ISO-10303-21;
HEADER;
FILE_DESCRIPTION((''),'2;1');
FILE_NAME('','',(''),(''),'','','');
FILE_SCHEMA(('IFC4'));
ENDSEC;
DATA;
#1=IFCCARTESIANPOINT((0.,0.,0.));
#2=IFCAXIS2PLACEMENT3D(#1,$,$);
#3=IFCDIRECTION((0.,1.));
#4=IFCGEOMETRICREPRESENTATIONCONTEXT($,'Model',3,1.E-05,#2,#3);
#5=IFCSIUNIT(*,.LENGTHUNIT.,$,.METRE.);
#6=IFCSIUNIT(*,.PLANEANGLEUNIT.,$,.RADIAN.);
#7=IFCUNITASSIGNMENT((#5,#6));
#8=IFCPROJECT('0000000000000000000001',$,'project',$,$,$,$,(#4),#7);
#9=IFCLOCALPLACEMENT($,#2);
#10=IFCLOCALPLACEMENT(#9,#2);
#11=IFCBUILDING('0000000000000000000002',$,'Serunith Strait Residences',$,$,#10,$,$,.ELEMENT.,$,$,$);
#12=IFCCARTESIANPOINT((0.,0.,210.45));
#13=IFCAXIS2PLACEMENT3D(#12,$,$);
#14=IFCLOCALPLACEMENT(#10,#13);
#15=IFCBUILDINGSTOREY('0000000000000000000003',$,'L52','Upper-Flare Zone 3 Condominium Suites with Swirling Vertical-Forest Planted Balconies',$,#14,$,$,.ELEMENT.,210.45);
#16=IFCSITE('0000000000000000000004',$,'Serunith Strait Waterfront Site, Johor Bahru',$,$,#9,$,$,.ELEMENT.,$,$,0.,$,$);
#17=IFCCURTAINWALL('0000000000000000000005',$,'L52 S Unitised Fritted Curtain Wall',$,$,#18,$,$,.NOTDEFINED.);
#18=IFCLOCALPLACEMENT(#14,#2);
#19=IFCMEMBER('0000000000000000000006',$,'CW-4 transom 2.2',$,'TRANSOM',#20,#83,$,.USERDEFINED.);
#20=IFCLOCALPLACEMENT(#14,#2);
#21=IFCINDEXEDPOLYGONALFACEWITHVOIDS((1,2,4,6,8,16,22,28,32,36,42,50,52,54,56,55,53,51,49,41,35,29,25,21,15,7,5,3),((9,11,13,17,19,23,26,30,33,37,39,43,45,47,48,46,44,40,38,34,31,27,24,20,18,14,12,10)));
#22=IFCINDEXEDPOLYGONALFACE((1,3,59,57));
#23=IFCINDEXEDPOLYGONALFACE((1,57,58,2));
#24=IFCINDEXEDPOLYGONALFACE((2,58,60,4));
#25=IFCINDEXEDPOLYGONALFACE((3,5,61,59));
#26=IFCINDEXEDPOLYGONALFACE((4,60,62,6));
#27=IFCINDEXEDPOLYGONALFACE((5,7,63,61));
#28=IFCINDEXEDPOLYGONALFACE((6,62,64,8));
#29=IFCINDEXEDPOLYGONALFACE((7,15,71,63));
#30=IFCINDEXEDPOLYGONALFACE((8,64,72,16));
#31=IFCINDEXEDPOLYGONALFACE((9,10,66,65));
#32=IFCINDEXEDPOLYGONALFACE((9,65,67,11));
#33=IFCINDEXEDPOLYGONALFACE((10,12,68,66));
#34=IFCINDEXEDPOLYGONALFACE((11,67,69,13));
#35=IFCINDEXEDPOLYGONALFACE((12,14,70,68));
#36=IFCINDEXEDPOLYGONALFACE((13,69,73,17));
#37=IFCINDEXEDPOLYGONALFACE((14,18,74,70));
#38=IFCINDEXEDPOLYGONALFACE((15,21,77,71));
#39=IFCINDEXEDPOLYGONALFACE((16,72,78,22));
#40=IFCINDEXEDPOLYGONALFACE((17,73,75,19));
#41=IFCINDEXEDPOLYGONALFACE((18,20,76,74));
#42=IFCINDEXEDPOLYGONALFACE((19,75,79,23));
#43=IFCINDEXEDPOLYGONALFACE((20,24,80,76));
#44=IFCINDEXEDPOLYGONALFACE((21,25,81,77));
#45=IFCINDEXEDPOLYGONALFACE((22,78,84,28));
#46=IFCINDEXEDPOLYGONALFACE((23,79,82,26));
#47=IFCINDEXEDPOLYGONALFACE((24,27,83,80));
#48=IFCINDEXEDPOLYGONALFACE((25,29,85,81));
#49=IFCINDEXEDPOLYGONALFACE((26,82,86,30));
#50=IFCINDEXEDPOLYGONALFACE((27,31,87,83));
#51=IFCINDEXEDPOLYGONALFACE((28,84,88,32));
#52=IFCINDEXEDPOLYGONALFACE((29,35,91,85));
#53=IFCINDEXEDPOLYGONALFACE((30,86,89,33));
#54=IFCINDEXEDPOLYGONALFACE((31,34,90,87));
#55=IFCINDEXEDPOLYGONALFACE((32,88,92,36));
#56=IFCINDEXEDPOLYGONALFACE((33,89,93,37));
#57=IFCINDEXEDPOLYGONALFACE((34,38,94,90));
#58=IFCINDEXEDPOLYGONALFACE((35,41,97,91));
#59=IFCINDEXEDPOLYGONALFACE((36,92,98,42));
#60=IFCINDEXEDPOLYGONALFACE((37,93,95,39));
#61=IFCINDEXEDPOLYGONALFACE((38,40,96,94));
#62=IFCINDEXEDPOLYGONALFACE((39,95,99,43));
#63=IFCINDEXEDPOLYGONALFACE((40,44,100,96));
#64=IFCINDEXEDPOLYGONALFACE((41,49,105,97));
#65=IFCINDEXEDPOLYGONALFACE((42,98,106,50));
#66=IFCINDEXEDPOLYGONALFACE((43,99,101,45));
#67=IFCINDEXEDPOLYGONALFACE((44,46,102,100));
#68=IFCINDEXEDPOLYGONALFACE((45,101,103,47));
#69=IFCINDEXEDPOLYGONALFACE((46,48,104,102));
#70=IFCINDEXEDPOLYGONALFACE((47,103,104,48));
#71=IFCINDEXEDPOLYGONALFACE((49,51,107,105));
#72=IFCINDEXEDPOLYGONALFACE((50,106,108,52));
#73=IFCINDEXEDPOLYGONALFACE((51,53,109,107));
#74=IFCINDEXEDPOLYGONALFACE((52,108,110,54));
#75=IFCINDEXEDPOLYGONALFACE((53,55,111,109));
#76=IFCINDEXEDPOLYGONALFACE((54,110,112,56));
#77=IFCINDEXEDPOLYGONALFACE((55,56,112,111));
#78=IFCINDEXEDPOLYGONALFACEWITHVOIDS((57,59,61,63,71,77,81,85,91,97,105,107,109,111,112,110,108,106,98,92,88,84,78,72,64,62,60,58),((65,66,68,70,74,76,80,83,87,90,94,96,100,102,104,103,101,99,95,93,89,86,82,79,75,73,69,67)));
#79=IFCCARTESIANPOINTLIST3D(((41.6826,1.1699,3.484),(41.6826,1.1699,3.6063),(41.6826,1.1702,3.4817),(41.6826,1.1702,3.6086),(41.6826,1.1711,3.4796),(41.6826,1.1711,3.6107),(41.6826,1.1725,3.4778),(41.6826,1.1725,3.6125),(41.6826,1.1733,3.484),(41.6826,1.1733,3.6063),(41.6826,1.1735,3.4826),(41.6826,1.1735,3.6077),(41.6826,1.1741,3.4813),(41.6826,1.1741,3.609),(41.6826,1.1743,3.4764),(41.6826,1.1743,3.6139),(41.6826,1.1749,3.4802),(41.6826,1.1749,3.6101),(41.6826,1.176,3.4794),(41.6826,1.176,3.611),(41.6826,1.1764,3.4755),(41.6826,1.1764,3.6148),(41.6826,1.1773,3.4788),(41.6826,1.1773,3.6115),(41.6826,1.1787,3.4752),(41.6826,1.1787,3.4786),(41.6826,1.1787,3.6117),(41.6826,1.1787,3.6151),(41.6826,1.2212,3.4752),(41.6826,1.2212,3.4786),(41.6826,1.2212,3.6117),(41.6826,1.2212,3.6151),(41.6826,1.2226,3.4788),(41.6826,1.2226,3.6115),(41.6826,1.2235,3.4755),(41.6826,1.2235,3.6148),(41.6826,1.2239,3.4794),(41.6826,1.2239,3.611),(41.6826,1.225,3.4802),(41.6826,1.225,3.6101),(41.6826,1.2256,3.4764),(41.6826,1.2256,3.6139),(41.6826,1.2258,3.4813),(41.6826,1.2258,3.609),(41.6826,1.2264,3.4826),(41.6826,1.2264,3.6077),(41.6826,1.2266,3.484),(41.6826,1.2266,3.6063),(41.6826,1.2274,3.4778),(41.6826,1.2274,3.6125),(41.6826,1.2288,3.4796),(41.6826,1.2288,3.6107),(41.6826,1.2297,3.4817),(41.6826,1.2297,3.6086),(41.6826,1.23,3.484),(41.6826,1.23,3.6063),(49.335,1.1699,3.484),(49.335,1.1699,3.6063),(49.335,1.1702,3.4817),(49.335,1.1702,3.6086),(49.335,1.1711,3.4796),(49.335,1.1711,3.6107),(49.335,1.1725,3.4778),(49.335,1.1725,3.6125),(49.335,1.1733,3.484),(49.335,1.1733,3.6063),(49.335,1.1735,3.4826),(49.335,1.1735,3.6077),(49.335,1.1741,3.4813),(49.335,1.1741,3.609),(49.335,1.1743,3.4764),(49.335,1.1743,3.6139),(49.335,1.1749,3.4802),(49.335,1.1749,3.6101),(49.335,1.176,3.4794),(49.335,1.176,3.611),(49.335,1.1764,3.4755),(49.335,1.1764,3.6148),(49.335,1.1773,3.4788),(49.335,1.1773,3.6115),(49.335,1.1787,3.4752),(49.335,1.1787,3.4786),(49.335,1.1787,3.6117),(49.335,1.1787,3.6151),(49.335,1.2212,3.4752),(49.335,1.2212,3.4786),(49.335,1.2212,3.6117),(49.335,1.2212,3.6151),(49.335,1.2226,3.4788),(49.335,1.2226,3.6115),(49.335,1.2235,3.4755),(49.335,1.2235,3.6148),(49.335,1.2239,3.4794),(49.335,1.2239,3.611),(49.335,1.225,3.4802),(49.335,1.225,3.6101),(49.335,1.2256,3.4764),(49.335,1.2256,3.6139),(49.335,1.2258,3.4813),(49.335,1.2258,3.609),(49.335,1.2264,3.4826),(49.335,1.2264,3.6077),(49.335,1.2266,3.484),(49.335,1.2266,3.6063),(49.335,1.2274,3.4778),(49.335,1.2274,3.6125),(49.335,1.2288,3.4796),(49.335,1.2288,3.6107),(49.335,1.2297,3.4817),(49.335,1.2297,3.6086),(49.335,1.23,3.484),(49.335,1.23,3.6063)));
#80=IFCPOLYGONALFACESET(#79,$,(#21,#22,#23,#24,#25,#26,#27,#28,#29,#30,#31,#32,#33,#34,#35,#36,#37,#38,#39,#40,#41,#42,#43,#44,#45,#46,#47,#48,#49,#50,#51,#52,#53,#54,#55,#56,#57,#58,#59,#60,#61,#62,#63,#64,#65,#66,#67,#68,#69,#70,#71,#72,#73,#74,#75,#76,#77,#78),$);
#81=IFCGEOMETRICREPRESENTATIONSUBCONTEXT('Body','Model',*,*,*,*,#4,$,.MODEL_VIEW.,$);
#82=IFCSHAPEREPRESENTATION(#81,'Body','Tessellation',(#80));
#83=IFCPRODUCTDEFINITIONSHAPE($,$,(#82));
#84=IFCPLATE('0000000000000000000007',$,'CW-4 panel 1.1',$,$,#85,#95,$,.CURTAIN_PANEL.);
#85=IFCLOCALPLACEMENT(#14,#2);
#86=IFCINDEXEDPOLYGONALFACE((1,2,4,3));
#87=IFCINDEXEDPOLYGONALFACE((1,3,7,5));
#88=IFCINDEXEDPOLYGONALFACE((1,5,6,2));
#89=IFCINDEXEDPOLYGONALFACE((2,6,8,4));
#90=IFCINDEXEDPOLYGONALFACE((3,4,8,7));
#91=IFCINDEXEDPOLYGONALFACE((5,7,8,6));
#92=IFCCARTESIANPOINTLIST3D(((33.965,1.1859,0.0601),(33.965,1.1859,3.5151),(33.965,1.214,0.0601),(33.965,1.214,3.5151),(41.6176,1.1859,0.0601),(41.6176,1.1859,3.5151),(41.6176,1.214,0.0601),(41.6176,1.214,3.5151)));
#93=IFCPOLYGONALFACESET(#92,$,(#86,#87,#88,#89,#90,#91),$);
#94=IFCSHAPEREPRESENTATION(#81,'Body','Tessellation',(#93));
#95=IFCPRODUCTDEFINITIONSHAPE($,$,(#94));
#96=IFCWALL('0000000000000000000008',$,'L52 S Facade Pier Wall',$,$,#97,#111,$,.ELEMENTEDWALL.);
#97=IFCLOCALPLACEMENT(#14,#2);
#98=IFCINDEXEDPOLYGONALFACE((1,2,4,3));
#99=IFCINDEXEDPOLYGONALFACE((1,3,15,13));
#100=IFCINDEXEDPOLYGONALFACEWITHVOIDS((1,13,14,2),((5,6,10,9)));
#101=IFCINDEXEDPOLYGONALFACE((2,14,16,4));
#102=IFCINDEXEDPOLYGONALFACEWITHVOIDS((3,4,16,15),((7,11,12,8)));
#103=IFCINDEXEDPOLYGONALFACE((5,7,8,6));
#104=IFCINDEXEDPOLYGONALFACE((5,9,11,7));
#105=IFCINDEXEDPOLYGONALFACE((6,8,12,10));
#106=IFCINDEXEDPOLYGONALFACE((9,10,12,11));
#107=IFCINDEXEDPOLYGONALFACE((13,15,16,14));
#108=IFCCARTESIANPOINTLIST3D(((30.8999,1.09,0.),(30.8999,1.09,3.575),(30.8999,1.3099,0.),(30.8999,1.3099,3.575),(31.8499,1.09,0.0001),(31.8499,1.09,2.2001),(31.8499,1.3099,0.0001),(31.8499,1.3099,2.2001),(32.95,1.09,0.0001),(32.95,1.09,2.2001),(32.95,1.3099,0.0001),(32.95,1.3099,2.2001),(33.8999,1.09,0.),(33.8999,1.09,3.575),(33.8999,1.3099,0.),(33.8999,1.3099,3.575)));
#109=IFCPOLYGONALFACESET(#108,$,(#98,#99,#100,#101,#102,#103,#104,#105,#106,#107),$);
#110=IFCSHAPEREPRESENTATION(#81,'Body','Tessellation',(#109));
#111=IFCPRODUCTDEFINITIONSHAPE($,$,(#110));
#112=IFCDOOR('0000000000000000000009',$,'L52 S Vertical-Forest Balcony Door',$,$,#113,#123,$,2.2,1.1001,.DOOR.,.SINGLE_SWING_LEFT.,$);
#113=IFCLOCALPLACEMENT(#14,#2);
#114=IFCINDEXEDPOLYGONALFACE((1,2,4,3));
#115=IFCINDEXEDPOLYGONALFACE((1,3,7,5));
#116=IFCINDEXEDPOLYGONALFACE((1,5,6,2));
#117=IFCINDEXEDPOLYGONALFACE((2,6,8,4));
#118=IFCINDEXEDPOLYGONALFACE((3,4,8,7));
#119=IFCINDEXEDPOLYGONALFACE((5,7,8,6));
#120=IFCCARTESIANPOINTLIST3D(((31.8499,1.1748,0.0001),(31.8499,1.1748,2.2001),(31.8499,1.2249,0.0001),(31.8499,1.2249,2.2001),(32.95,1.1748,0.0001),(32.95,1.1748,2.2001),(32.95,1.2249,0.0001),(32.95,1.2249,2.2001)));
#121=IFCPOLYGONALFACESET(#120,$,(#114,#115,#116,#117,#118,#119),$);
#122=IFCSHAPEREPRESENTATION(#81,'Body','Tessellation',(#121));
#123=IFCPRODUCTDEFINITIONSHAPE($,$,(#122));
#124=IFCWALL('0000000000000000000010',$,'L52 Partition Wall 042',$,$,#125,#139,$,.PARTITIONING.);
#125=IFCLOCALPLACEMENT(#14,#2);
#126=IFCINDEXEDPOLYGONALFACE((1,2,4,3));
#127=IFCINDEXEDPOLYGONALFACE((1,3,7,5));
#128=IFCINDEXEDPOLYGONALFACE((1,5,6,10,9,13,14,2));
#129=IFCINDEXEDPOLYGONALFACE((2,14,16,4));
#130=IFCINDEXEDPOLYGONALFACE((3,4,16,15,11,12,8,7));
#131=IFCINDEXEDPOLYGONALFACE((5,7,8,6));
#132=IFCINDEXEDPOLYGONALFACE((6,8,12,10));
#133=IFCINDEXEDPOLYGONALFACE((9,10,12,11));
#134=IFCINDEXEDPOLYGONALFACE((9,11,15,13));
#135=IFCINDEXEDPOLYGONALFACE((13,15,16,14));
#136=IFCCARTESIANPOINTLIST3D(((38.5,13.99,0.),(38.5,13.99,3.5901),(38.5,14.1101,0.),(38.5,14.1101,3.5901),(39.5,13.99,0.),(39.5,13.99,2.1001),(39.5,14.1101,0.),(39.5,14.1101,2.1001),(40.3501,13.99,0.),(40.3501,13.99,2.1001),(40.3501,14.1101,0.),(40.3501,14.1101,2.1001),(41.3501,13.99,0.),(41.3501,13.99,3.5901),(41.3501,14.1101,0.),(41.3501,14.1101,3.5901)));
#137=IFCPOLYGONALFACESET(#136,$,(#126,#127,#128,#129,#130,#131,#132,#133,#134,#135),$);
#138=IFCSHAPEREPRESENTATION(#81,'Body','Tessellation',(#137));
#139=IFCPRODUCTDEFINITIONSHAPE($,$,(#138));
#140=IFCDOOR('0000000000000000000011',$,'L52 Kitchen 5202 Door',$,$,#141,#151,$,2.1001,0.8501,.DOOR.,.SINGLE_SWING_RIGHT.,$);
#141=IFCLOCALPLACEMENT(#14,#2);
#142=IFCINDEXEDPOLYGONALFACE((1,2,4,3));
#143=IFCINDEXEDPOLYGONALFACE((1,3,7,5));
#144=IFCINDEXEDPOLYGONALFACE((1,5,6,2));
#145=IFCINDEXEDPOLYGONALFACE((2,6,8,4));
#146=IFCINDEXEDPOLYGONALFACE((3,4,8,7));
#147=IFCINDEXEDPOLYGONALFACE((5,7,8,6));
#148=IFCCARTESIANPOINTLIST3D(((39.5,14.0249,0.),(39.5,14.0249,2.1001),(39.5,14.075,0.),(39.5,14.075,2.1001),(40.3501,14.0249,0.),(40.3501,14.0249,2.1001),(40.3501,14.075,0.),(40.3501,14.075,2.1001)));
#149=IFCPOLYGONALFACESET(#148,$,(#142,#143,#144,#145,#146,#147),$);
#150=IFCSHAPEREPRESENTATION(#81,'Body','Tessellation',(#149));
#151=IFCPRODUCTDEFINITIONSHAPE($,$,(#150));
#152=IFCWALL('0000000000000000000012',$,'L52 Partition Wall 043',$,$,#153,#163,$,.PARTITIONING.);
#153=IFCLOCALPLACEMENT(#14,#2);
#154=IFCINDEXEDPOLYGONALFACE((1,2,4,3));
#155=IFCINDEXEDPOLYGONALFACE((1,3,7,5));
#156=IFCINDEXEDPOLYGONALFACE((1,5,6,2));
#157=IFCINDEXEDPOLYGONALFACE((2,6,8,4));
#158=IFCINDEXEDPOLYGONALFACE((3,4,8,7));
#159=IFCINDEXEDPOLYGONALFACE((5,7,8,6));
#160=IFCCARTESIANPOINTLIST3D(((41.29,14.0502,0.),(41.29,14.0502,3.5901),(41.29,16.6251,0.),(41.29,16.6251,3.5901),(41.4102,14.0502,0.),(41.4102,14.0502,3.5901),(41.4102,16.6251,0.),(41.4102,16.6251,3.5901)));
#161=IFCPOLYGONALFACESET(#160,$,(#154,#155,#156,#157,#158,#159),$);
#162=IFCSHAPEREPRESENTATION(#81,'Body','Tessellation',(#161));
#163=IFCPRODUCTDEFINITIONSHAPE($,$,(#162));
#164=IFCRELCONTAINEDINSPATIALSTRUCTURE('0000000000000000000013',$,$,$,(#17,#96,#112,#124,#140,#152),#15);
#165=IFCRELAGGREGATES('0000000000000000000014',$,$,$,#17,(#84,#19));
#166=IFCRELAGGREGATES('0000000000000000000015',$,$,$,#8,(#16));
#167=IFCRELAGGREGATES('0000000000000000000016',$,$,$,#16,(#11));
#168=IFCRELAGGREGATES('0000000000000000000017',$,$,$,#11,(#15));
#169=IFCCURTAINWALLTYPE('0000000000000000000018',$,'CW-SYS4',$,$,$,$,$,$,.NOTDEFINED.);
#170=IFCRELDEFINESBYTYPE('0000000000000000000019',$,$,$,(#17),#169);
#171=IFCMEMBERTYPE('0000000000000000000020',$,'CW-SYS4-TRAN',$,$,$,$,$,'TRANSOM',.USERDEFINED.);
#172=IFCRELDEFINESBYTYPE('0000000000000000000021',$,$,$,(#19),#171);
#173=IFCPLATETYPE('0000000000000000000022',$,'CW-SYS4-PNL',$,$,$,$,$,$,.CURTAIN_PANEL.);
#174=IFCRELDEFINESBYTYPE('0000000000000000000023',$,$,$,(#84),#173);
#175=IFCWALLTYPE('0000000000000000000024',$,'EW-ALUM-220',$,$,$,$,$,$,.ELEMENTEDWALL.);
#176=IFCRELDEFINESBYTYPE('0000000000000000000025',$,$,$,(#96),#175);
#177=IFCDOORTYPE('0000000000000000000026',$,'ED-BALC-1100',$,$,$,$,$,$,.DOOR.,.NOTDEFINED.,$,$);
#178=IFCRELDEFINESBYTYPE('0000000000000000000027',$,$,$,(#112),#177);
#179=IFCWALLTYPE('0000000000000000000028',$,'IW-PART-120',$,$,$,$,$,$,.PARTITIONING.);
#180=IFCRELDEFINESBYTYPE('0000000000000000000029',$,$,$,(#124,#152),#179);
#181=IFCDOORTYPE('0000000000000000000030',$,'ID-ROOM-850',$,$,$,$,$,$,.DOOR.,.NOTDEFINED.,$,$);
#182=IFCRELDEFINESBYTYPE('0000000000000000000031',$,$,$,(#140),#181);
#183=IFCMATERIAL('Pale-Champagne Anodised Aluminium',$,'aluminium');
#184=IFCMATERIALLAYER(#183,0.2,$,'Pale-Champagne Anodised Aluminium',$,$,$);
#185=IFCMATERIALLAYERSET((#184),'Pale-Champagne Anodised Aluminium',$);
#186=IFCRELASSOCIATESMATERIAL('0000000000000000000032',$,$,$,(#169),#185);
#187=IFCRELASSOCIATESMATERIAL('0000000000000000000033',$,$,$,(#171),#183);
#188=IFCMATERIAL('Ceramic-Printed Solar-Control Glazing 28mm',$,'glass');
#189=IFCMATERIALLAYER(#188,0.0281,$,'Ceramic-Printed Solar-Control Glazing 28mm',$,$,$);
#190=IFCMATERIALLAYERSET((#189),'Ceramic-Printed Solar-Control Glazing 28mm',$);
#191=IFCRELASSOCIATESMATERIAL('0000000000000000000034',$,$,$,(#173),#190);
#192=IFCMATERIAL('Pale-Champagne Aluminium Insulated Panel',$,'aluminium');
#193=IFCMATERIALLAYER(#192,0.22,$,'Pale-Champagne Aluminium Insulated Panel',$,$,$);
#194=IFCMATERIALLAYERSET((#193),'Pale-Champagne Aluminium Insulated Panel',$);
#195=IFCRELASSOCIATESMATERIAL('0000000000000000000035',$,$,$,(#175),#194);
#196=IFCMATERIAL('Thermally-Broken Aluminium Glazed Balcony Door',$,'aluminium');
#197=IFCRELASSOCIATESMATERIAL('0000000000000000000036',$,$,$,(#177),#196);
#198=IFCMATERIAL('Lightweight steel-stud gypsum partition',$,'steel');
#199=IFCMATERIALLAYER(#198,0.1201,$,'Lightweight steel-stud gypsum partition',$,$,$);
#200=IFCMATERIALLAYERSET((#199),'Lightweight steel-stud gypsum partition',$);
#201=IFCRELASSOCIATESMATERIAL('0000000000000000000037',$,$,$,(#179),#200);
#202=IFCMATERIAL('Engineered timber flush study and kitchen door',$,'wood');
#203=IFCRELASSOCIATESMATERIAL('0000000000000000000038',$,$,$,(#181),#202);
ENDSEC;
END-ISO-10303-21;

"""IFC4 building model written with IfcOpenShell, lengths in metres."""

from ifc_helpers import new_model, si_unit, direction, frame, frame_2d, origin, origin_2d, place, context, subcontext, project, spatial, rectangle, hollow_rectangle, extrude, source, transform, mapped, material, layer, layer_set, material_profile, profile_set, type_object, element, fill, aggregate, save


model = new_model("IFC4")

# Units and contexts
model_context = context("Model", 3, precision=1e-05, world=origin(), true_north=direction((0.0, 1.0)))
body_context = subcontext(model_context, "Body", "Model", "MODEL_VIEW")
ifc_project = project(units=[si_unit("LENGTHUNIT", "METRE"), si_unit("PLANEANGLEUNIT", "RADIAN")], contexts=[model_context])

# Site, building, storey
site_placement = place(None, origin())
site = spatial("IfcSite", under=ifc_project, at=site_placement, Name="Serunith Strait Waterfront Site, Johor Bahru", CompositionType="ELEMENT", RefElevation=0.0)
building_placement = place(site_placement, origin())
building = spatial("IfcBuilding", under=site, at=building_placement, Name="Serunith Strait Residences", CompositionType="ELEMENT")
storey_placement = place(building_placement, frame((0.0, 0.0, 210.45)))
storey = spatial("IfcBuildingStorey", under=building, at=storey_placement, Name="L52", Description="Upper-Flare Zone 3 Condominium Suites with Swirling Vertical-Forest Planted Balconies", CompositionType="ELEMENT", Elevation=210.45)

# Shared definitions
ifc_material_1 = material(Name="Pale-Champagne Anodised Aluminium", Category="aluminium")
ifc_layer_1 = layer(ifc_material_1, 0.2, Name="Pale-Champagne Anodised Aluminium")
ifc_layer_set_1 = layer_set([ifc_layer_1], Name="Pale-Champagne Anodised Aluminium")
curtain_wall_type = type_object("IfcCurtainWallType", Name="CW-SYS4", PredefinedType="NOTDEFINED", material=ifc_layer_set_1)

# Curtain wall, member, plate
curtain_wall_1_placement = place(storey_placement, origin())
curtain_wall_1 = element("IfcCurtainWall", 1, at=curtain_wall_1_placement, inside=storey, type_object=curtain_wall_type, Name="L52 S Unitised Fritted Curtain Wall", PredefinedType="NOTDEFINED")
ifc_material_profile_1 = material_profile(ifc_material_1, hollow_rectangle(XDim=0.0601, YDim=0.1399, WallThickness=0.0034, InnerFilletRadius=0.0054, OuterFilletRadius=0.0088, at=origin_2d()), Name="ALU 140x60x3.5")
ifc_profile_set_1 = profile_set([ifc_material_profile_1], Name="Pale-Champagne Anodised Aluminium")
member_type_1 = type_object("IfcMemberType", Name="CW-SYS4-TRAN", ElementType="TRANSOM", PredefinedType="USERDEFINED", material=ifc_profile_set_1)
shared_shape_1 = source(origin(), body_context, "Body", "SweptSolid", [
    extrude(hollow_rectangle(XDim=0.0601, YDim=0.1399, WallThickness=0.0034, InnerFilletRadius=0.0054, OuterFilletRadius=0.0088, at=origin_2d()), origin(), (0.0, 0.0, 1.0), 7.6523),
])
member_1_placement = place(storey_placement, frame((41.6826, 1.2, 3.5452), z_axis=(1.0, 0.0, 0.0), x_axis=(0.0, 1.0, 0.0)))
member_1 = element("IfcMember", 2, at=member_1_placement, type_object=member_type_1, Name="CW-4 transom 2.2", ObjectType="TRANSOM", PredefinedType="USERDEFINED", context=body_context, shape_type="MappedRepresentation", body=[
    mapped(shared_shape_1, transform((0.0, 0.0, 0.0), scale=1.0)),
])
ifc_material_2 = material(Name="Ceramic-Printed Solar-Control Glazing 28mm", Category="glass")
ifc_layer_2 = layer(ifc_material_2, 0.0281, Name="Ceramic-Printed Solar-Control Glazing 28mm")
ifc_layer_set_2 = layer_set([ifc_layer_2], Name="Ceramic-Printed Solar-Control Glazing 28mm")
plate_type = type_object("IfcPlateType", Name="CW-SYS4-PNL", PredefinedType="CURTAIN_PANEL", material=ifc_layer_set_2)
shared_shape_2 = source(origin(), body_context, "Body", "SweptSolid", [
    extrude(rectangle(XDim=7.6526, YDim=0.0281, at=origin_2d()), origin(), (0.0, 0.0, 1.0), 3.4551),
])
plate_placement = place(storey_placement, frame((37.7913, 1.2, 0.0601), z_axis=(0.0, 0.0, 1.0), x_axis=(1.0, 0.0, 0.0)))
plate = element("IfcPlate", 3, at=plate_placement, type_object=plate_type, Name="CW-4 panel 1.1", PredefinedType="CURTAIN_PANEL", context=body_context, shape_type="MappedRepresentation", body=[
    mapped(shared_shape_2, transform((0.0, 0.0, 0.0), scale=1.0)),
])
aggregate(curtain_wall_1, [plate, member_1])

# Walls, openings, doors
ifc_material_3 = material(Name="Pale-Champagne Aluminium Insulated Panel", Category="aluminium")
ifc_layer_3 = layer(ifc_material_3, 0.22, Name="Pale-Champagne Aluminium Insulated Panel")
ifc_layer_set_3 = layer_set([ifc_layer_3], Name="Pale-Champagne Aluminium Insulated Panel")
wall_type_1 = type_object("IfcWallType", Name="EW-ALUM-220", PredefinedType="ELEMENTEDWALL", material=ifc_layer_set_3)
wall_1_placement = place(storey_placement, frame((30.8999, 1.2, 0.0), z_axis=(0.0, 0.0, 1.0), x_axis=(1.0, 0.0, 0.0)))
wall_1 = element("IfcWall", 4, at=wall_1_placement, inside=storey, type_object=wall_type_1, Name="L52 S Facade Pier Wall", PredefinedType="ELEMENTEDWALL", context=body_context, shape_type="SweptSolid", body=[
    extrude(rectangle(XDim=3.0, YDim=0.22, at=frame_2d((1.5, 0.0))), origin(), (0.0, 0.0, 1.0), 3.575),
])
opening_1_placement = place(wall_1_placement, frame((0.95, 0.0, 0.0)))
opening_1 = element("IfcOpeningElement", 5, at=opening_1_placement, cuts=wall_1, PredefinedType="OPENING", context=body_context, shape_type="SweptSolid", body=[
    extrude(rectangle(XDim=1.1001, YDim=2.2, at=frame_2d((0.55, 1.1001))), frame((0.0, 0.1201, 0.0), z_axis=(0.0, -1.0, 0.0), x_axis=(1.0, 0.0, 0.0)), (0.0, 0.0, 1.0), 0.24),
])
ifc_material_4 = material(Name="Thermally-Broken Aluminium Glazed Balcony Door", Category="aluminium")
door_type_1 = type_object("IfcDoorType", Name="ED-BALC-1100", OperationType="NOTDEFINED", PredefinedType="DOOR", material=ifc_material_4)
shared_shape_3 = source(origin(), body_context, "Body", "SweptSolid", [
    extrude(rectangle(XDim=1.1001, YDim=2.2, at=frame_2d((0.55, 1.1001))), frame((0.0, 0.0249, 0.0), z_axis=(0.0, -1.0, 0.0), x_axis=(1.0, 0.0, 0.0)), (0.0, 0.0, 1.0), 0.05),
])
door_1_placement = place(opening_1_placement, origin())
door_1 = element("IfcDoor", 6, at=door_1_placement, inside=storey, type_object=door_type_1, Name="L52 S Vertical-Forest Balcony Door", OperationType="SINGLE_SWING_LEFT", OverallHeight=2.2, OverallWidth=1.1001, PredefinedType="DOOR", context=body_context, shape_type="MappedRepresentation", body=[
    mapped(shared_shape_3, transform((0.0, 0.0, 0.0), scale=1.0)),
])
fill(opening_1, door_1)
ifc_material_5 = material(Name="Lightweight steel-stud gypsum partition", Category="steel")
ifc_layer_4 = layer(ifc_material_5, 0.1201, Name="Lightweight steel-stud gypsum partition")
ifc_layer_set_4 = layer_set([ifc_layer_4], Name="Lightweight steel-stud gypsum partition")
wall_type_2 = type_object("IfcWallType", Name="IW-PART-120", PredefinedType="PARTITIONING", material=ifc_layer_set_4)
wall_2_placement = place(storey_placement, frame((38.5, 14.05, 0.0), z_axis=(0.0, 0.0, 1.0), x_axis=(1.0, 0.0, 0.0)))
wall_2 = element("IfcWall", 7, at=wall_2_placement, inside=storey, type_object=wall_type_2, Name="L52 Partition Wall 042", PredefinedType="PARTITIONING", context=body_context, shape_type="SweptSolid", body=[
    extrude(rectangle(XDim=2.8501, YDim=0.1201, at=frame_2d((1.425, 0.0))), origin(), (0.0, 0.0, 1.0), 3.5901),
])
opening_2_placement = place(wall_2_placement, frame((1.0, 0.0, 0.0)))
opening_2 = element("IfcOpeningElement", 8, at=opening_2_placement, cuts=wall_2, PredefinedType="OPENING", context=body_context, shape_type="SweptSolid", body=[
    extrude(rectangle(XDim=0.8501, YDim=2.1001, at=frame_2d((0.425, 1.05))), frame((0.0, 0.0701, 0.0), z_axis=(0.0, -1.0, 0.0), x_axis=(1.0, 0.0, 0.0)), (0.0, 0.0, 1.0), 0.1401),
])
ifc_material_6 = material(Name="Engineered timber flush study and kitchen door", Category="wood")
door_type_2 = type_object("IfcDoorType", Name="ID-ROOM-850", OperationType="NOTDEFINED", PredefinedType="DOOR", material=ifc_material_6)
shared_shape_4 = source(origin(), body_context, "Body", "SweptSolid", [
    extrude(rectangle(XDim=0.8501, YDim=2.1001, at=frame_2d((0.425, 1.05))), frame((0.0, 0.0249, 0.0), z_axis=(0.0, -1.0, 0.0), x_axis=(1.0, 0.0, 0.0)), (0.0, 0.0, 1.0), 0.05),
])
door_2_placement = place(opening_2_placement, origin())
door_2 = element("IfcDoor", 9, at=door_2_placement, inside=storey, type_object=door_type_2, Name="L52 Kitchen 5202 Door", OperationType="SINGLE_SWING_RIGHT", OverallHeight=2.1001, OverallWidth=0.8501, PredefinedType="DOOR", context=body_context, shape_type="MappedRepresentation", body=[
    mapped(shared_shape_4, transform((0.0, 0.0, 0.0), scale=1.0)),
])
fill(opening_2, door_2)

# Wall
wall_3_placement = place(storey_placement, frame((41.3501, 14.05, 0.0), z_axis=(0.0, 0.0, 1.0), x_axis=(0.0, 1.0, 0.0)))
element("IfcWall", 10, at=wall_3_placement, inside=storey, type_object=wall_type_2, Name="L52 Partition Wall 043", PredefinedType="PARTITIONING", context=body_context, shape_type="SweptSolid", body=[
    extrude(rectangle(XDim=2.575, YDim=0.1201, at=frame_2d((1.2876, 0.0))), origin(), (0.0, 0.0, 1.0), 3.5901),
])

save(model, "model.ifc")
